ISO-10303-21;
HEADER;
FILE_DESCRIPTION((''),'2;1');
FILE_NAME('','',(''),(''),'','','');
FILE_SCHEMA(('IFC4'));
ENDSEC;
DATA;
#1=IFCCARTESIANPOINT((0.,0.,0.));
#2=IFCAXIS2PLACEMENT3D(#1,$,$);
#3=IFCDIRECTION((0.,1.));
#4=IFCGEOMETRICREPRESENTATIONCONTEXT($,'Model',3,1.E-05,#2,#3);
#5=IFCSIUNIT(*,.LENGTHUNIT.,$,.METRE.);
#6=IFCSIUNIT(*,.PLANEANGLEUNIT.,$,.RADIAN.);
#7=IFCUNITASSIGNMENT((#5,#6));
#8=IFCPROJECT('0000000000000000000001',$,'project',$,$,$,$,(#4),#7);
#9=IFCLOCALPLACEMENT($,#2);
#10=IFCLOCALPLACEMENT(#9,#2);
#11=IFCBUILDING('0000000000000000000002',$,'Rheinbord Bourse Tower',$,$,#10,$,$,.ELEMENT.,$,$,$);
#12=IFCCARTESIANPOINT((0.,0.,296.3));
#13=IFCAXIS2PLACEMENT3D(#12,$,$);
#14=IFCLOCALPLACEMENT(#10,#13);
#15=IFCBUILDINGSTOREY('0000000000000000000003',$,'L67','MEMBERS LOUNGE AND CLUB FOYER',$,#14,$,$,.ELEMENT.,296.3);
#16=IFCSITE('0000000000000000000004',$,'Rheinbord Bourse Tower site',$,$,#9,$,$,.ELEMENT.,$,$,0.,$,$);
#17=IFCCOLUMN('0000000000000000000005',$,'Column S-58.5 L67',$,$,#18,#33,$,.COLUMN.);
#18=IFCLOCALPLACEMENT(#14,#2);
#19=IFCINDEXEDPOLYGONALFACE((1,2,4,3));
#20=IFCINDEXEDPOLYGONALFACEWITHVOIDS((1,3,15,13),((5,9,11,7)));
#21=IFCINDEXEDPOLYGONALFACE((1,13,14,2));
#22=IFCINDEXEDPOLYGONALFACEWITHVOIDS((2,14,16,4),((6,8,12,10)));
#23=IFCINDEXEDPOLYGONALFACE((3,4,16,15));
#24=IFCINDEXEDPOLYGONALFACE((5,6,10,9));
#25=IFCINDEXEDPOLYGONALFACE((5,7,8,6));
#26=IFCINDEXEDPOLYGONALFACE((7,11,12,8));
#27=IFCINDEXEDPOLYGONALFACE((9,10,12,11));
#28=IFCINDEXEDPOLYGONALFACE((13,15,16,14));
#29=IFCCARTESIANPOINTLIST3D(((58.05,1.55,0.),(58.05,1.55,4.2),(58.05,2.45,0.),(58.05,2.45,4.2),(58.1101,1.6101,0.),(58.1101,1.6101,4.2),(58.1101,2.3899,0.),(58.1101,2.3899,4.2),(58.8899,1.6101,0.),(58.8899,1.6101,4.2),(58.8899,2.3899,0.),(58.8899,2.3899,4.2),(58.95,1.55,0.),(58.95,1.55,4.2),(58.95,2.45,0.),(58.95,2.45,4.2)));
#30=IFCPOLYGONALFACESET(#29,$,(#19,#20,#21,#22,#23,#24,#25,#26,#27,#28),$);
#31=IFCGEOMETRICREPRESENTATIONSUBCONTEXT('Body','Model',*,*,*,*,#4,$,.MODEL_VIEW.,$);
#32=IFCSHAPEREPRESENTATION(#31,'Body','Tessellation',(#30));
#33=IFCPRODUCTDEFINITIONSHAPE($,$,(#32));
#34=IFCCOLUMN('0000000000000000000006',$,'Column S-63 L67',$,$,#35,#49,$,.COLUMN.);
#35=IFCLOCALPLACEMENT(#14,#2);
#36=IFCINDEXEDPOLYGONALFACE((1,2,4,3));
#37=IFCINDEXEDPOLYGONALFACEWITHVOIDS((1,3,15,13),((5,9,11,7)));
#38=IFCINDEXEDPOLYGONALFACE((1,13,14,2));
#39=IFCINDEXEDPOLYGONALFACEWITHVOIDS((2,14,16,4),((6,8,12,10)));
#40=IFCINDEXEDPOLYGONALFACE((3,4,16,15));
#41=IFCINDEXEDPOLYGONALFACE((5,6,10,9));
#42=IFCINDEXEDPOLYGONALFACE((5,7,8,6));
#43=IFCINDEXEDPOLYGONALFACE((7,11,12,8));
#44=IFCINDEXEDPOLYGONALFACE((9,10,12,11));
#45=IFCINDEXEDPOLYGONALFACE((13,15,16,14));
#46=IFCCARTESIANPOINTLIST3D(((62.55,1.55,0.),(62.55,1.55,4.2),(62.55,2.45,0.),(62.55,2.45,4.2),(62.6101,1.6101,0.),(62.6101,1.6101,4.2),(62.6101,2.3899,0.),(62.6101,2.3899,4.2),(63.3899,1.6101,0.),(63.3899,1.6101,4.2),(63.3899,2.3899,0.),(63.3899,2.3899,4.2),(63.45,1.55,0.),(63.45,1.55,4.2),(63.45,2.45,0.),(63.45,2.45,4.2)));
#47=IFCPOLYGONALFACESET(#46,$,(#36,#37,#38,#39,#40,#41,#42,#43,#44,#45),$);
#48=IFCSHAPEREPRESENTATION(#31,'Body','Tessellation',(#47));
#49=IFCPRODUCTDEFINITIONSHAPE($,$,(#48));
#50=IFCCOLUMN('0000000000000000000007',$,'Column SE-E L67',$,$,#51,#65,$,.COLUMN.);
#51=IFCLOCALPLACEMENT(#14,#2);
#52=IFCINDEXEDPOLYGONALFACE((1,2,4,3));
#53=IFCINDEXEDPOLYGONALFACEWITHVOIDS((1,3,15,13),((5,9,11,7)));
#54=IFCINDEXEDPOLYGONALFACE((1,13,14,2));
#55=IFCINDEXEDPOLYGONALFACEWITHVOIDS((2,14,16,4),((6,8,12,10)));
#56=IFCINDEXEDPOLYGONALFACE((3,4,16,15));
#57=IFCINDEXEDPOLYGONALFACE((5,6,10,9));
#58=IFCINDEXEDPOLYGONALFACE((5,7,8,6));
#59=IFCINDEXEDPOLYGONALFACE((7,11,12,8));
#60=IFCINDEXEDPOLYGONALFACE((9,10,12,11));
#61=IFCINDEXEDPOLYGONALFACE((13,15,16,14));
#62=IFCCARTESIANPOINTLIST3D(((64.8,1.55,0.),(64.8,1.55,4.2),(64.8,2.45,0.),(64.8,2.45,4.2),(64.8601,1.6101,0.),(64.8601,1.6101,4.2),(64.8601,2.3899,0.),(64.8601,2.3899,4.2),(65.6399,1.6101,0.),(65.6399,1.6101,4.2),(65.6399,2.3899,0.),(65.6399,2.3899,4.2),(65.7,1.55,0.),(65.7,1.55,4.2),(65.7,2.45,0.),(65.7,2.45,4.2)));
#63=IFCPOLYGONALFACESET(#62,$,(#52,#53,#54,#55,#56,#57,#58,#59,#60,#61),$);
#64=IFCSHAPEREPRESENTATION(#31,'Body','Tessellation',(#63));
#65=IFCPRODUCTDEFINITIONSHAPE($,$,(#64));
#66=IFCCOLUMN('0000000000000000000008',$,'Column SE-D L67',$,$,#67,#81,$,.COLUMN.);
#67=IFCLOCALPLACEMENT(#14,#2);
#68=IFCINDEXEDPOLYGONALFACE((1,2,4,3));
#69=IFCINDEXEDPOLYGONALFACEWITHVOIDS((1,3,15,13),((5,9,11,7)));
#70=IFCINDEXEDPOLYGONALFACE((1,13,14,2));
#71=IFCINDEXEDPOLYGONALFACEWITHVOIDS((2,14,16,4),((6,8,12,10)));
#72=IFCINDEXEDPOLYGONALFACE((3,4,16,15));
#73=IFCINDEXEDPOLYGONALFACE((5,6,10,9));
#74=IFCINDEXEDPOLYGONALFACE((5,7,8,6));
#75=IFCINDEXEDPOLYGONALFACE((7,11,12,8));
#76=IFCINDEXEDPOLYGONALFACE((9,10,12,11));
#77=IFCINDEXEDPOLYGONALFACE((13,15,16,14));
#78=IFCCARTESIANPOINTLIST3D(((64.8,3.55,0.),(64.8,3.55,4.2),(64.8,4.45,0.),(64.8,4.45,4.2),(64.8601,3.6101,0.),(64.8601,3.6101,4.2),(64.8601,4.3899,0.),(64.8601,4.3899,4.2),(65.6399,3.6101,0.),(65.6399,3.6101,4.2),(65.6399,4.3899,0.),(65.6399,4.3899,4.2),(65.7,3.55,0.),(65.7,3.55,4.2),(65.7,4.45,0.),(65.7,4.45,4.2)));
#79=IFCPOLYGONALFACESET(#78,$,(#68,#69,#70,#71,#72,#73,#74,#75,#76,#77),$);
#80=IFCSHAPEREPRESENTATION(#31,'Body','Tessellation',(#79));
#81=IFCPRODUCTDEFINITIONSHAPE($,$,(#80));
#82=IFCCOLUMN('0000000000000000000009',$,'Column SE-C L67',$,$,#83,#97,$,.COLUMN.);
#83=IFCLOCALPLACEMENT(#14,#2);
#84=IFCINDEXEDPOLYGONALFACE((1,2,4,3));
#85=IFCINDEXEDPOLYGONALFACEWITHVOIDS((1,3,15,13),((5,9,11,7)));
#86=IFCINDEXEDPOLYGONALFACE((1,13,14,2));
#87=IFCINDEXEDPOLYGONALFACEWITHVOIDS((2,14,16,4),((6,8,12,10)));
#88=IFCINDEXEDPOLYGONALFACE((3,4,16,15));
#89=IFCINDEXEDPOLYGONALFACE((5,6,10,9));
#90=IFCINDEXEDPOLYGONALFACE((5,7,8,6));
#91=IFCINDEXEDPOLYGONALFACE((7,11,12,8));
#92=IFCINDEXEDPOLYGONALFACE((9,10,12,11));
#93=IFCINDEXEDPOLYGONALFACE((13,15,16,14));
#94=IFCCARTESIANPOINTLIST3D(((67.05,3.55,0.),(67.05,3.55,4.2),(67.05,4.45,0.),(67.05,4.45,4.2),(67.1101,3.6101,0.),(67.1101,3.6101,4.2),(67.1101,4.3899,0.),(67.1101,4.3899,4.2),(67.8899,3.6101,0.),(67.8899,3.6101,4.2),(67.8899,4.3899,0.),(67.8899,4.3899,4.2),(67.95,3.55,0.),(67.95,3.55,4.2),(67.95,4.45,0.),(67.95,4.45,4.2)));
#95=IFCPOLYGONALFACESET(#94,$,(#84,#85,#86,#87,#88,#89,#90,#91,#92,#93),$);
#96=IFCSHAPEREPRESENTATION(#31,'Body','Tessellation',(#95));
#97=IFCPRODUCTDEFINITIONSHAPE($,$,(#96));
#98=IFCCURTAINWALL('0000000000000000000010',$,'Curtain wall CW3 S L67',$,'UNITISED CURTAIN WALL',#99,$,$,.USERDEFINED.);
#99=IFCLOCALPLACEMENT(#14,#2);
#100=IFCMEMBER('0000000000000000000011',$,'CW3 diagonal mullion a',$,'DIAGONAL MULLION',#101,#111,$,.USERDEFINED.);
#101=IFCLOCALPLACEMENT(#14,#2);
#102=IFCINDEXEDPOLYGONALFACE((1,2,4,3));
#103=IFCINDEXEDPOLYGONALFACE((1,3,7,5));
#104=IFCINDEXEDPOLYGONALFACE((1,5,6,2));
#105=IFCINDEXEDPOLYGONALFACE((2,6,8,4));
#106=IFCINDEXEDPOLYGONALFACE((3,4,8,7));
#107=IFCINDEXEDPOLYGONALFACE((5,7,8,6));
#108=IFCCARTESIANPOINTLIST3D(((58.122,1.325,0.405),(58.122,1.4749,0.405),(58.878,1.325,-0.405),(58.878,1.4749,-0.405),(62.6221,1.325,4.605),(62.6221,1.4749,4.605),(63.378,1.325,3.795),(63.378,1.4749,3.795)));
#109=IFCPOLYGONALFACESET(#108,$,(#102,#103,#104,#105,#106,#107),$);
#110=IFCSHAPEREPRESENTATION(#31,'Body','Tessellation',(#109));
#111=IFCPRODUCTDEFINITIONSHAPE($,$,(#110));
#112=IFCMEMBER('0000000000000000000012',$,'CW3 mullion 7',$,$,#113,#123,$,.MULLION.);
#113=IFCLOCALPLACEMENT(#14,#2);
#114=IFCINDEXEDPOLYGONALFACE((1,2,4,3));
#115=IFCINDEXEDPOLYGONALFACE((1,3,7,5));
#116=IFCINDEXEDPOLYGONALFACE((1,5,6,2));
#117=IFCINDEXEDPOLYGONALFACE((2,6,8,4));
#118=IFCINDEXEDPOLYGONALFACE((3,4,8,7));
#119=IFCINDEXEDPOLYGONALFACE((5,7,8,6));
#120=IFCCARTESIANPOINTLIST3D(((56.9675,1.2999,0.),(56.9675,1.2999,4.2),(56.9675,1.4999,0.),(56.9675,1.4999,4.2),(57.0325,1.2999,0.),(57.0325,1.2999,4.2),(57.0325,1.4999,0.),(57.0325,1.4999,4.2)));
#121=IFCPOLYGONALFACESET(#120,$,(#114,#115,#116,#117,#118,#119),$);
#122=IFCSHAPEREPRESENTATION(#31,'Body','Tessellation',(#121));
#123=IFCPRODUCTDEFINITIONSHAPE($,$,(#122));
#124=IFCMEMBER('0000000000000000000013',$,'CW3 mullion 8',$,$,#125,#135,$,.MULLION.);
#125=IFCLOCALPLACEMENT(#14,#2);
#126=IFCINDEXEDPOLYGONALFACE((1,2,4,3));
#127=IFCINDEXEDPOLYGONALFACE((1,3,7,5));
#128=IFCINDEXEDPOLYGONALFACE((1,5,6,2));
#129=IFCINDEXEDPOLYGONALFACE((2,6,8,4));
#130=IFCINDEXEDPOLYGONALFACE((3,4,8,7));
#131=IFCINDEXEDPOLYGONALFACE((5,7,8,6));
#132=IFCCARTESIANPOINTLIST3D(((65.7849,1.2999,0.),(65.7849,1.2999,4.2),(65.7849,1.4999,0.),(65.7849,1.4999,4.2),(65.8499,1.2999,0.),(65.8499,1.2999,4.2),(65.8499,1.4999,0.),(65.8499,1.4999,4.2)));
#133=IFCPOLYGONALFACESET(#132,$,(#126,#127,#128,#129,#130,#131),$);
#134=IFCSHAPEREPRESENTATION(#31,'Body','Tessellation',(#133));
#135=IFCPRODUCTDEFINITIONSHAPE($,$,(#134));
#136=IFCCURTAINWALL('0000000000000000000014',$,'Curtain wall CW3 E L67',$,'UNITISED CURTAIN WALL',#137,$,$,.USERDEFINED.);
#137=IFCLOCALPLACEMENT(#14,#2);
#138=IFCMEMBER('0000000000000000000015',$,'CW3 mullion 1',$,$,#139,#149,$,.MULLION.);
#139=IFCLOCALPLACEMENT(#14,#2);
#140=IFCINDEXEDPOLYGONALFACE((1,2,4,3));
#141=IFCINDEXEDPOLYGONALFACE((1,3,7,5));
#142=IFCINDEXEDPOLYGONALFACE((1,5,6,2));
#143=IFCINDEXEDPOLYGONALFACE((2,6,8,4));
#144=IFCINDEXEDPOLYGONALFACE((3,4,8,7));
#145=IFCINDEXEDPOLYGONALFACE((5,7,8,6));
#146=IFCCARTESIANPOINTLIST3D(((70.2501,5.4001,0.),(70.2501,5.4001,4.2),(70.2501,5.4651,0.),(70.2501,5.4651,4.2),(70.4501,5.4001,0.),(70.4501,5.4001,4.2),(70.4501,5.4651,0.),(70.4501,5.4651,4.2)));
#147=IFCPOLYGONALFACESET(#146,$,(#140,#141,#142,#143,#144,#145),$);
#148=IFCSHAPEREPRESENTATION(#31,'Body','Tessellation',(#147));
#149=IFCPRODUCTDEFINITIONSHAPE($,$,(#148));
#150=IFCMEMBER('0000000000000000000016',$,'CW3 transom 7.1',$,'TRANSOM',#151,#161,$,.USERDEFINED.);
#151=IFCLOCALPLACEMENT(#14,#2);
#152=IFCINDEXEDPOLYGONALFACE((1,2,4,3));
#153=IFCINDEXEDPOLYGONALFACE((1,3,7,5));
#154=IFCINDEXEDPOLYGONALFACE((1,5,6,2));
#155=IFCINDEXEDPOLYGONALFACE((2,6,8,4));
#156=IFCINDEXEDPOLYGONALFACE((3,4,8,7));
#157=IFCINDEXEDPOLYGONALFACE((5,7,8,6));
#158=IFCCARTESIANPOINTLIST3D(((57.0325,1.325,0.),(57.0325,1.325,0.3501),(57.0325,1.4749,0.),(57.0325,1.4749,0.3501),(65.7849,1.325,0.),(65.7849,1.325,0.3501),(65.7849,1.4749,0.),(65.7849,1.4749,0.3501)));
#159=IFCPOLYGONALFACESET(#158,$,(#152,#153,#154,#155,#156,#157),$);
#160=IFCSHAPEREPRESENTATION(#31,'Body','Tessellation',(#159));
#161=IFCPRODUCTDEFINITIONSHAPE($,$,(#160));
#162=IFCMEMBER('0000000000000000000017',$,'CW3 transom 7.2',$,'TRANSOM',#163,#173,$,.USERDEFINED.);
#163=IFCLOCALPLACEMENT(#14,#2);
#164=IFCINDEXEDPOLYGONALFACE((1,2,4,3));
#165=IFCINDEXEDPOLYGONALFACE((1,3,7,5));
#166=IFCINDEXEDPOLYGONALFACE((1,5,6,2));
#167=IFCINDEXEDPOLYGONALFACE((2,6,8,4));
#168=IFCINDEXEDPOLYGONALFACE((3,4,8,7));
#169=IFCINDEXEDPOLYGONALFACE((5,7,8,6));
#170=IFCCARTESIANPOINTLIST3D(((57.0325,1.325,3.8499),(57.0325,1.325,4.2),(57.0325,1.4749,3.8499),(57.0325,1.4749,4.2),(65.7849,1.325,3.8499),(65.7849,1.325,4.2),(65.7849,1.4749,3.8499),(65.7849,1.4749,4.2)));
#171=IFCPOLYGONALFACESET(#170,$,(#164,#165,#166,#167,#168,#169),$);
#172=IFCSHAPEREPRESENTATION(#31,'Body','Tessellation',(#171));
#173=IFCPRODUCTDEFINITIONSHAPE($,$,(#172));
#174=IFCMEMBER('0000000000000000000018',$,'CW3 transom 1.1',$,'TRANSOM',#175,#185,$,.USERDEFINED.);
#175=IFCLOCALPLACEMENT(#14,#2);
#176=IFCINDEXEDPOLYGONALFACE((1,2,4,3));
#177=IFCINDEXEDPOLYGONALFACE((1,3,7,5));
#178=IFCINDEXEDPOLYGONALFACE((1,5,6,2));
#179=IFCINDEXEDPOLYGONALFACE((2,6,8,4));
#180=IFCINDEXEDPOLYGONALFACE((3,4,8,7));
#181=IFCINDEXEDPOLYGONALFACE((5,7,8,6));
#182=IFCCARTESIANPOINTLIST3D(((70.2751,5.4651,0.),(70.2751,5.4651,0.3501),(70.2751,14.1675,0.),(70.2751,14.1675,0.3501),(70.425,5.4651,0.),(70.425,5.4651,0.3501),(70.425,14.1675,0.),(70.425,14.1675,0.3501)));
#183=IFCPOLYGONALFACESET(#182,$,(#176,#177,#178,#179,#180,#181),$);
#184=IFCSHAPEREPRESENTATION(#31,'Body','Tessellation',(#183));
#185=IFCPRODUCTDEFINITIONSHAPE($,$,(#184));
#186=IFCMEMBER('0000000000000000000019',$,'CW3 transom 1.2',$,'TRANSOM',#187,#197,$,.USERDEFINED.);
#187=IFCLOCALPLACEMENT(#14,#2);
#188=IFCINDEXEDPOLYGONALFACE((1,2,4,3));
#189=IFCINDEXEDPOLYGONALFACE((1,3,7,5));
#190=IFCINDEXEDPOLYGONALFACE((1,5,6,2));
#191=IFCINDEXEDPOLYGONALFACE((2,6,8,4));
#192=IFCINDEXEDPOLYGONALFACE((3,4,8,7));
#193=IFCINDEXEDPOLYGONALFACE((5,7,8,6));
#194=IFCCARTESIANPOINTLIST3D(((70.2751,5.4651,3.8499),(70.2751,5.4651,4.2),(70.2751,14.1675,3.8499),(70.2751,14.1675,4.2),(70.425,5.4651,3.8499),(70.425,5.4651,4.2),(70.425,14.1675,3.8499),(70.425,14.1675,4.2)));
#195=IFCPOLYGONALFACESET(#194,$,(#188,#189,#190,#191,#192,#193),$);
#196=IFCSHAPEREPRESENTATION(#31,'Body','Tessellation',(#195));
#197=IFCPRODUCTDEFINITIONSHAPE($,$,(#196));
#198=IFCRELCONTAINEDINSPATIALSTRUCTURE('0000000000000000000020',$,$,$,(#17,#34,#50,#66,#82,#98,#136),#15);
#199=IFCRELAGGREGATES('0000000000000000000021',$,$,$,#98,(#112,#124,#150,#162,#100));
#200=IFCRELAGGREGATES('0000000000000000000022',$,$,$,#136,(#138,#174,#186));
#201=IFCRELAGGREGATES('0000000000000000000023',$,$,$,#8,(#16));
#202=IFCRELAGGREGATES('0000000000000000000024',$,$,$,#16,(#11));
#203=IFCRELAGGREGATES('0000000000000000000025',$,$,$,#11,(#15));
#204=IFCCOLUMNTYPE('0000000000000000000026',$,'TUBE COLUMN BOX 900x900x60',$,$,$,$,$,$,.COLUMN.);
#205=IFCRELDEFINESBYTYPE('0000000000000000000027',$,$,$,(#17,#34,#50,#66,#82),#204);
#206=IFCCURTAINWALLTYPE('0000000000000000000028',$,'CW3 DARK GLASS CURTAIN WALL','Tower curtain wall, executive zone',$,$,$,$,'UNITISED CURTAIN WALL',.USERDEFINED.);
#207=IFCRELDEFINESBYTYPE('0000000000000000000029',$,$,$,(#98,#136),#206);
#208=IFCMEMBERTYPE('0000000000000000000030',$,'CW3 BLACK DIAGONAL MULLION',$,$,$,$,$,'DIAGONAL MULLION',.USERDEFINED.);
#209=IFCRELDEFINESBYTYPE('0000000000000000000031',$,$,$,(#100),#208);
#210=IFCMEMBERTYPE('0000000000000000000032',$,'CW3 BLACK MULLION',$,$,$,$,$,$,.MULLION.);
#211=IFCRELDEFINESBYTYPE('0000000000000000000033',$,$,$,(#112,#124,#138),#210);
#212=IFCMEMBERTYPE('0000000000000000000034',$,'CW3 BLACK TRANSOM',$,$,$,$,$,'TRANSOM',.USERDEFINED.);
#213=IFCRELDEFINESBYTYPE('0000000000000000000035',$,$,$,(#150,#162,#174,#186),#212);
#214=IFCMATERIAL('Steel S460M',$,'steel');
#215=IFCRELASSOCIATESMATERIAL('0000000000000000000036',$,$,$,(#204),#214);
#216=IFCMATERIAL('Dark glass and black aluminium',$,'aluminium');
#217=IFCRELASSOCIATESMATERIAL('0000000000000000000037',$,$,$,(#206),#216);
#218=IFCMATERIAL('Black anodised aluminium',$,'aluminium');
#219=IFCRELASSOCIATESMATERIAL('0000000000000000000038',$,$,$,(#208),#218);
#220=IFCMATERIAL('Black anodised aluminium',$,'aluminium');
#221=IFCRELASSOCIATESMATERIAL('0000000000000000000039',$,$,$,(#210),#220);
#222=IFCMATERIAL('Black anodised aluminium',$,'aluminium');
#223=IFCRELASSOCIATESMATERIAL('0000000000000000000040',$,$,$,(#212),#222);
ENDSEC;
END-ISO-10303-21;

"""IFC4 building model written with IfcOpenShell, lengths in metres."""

from ifc_helpers import new_model, si_unit, direction, frame, origin, origin_2d, place, context, subcontext, project, spatial, rectangle, hollow_rectangle, extrude, material, material_profile, profile_set, type_object, element, aggregate, save


model = new_model("IFC4")

# Units and contexts
model_context = context("Model", 3, precision=1e-05, world=origin(), true_north=direction((0.0, 1.0)))
body_context = subcontext(model_context, "Body", "Model", "MODEL_VIEW")
ifc_project = project(units=[si_unit("LENGTHUNIT", "METRE"), si_unit("PLANEANGLEUNIT", "RADIAN")], contexts=[model_context])

# Site, building, storey
site_placement = place(None, origin())
site = spatial("IfcSite", under=ifc_project, at=site_placement, Name="Rheinbord Bourse Tower site", CompositionType="ELEMENT", RefElevation=0.0)
building_placement = place(site_placement, origin())
building = spatial("IfcBuilding", under=site, at=building_placement, Name="Rheinbord Bourse Tower", CompositionType="ELEMENT")
storey_placement = place(building_placement, frame((0.0, 0.0, 296.3)))
storey = spatial("IfcBuildingStorey", under=building, at=storey_placement, Name="L67", Description="MEMBERS LOUNGE AND CLUB FOYER", CompositionType="ELEMENT", Elevation=296.3)

# Columns
ifc_material_1 = material(Name="Steel S460M", Category="steel")
ifc_material_profile_1 = material_profile(ifc_material_1, hollow_rectangle(XDim=0.8999, YDim=0.8999, WallThickness=0.0601, at=origin_2d()), Name="BOX 900x900x60")
ifc_profile_set_1 = profile_set([ifc_material_profile_1], Name="Steel S460M")
column_type = type_object("IfcColumnType", Name="TUBE COLUMN BOX 900x900x60", PredefinedType="COLUMN", material=ifc_profile_set_1)
for number, where, z_axis, x_axis, name in (
    (1, (58.5, 2.0, 0.0), (0.0, 0.0, 1.0), (0.0, 1.0, 0.0), "Column S-58.5 L67"),
    (2, (63.0, 2.0, 0.0), (0.0, 0.0, 1.0), (0.0, 1.0, 0.0), "Column S-63 L67"),
    (3, (65.25, 2.0, 0.0), (0.0, 0.0, 1.0), (0.0, 1.0, 0.0), "Column SE-E L67"),
    (4, (65.25, 4.0, 0.0), (0.0, 0.0, 1.0), (0.0, 1.0, 0.0), "Column SE-D L67"),
    (5, (67.5, 4.0, 0.0), (0.0, 0.0, 1.0), (1.0, 0.0, 0.0), "Column SE-C L67"),
):
    element("IfcColumn", number, at=place(storey_placement, frame(where, z_axis=z_axis, x_axis=x_axis)), inside=storey, type_object=column_type, Name=name, PredefinedType="COLUMN", context=body_context, shape_type="SweptSolid", body=[
        extrude(hollow_rectangle(XDim=0.8999, YDim=0.8999, WallThickness=0.0601, at=origin_2d()), origin(), (0.0, 0.0, 1.0), 4.2),
    ])

# Curtain wall, members
ifc_material_2 = material(Name="Dark glass and black aluminium", Category="aluminium")
curtain_wall_type = type_object("IfcCurtainWallType", Name="CW3 DARK GLASS CURTAIN WALL", Description="Tower curtain wall, executive zone", ElementType="UNITISED CURTAIN WALL", PredefinedType="USERDEFINED", material=ifc_material_2)
curtain_wall_1_placement = place(storey_placement, origin())
curtain_wall_1 = element("IfcCurtainWall", 6, at=curtain_wall_1_placement, inside=storey, type_object=curtain_wall_type, Name="Curtain wall CW3 S L67", ObjectType="UNITISED CURTAIN WALL", PredefinedType="USERDEFINED")
ifc_material_3 = material(Name="Black anodised aluminium", Category="aluminium")
ifc_material_profile_2 = material_profile(ifc_material_3, rectangle(XDim=0.1499, YDim=1.1079, at=origin_2d()), Name="CW3 DIAGONAL MULLION 1108x150")
ifc_profile_set_2 = profile_set([ifc_material_profile_2], Name="Black anodised aluminium")
member_type_1 = type_object("IfcMemberType", Name="CW3 BLACK DIAGONAL MULLION", ElementType="DIAGONAL MULLION", PredefinedType="USERDEFINED", material=ifc_profile_set_2)
member_1_placement = place(storey_placement, frame((58.5, 1.3999, 0.0), z_axis=(0.731059, 0.0, 0.682314), x_axis=(0.0, 1.0, 0.0)))
member_1 = element("IfcMember", 7, at=member_1_placement, type_object=member_type_1, Name="CW3 diagonal mullion a", ObjectType="DIAGONAL MULLION", PredefinedType="USERDEFINED", context=body_context, shape_type="SweptSolid", body=[
    extrude(rectangle(XDim=0.1499, YDim=1.1079, at=origin_2d()), origin(), (0.0, 0.0, 1.0), 6.1555),
])
ifc_material_4 = material(Name="Black anodised aluminium", Category="aluminium")
ifc_material_profile_3 = material_profile(ifc_material_4, rectangle(XDim=0.2, YDim=0.0649, at=origin_2d()), Name="CW3 MULLION 65x200")
ifc_profile_set_3 = profile_set([ifc_material_profile_3], Name="Black anodised aluminium")
member_type_2 = type_object("IfcMemberType", Name="CW3 BLACK MULLION", PredefinedType="MULLION", material=ifc_profile_set_3)
member_2_placement = place(storey_placement, frame((57.0, 1.3999, 0.0), z_axis=(0.0, 0.0, 1.0), x_axis=(0.0, 1.0, 0.0)))
member_2 = element("IfcMember", 8, at=member_2_placement, type_object=member_type_2, Name="CW3 mullion 7", PredefinedType="MULLION", context=body_context, shape_type="SweptSolid", body=[
    extrude(rectangle(XDim=0.2, YDim=0.0649, at=origin_2d()), origin(), (0.0, 0.0, 1.0), 4.2),
])
member_3_placement = place(storey_placement, frame((65.8174, 1.3999, 0.0), z_axis=(0.0, 0.0, 1.0), x_axis=(0.0, 1.0, 0.0)))
member_3 = element("IfcMember", 9, at=member_3_placement, type_object=member_type_2, Name="CW3 mullion 8", PredefinedType="MULLION", context=body_context, shape_type="SweptSolid", body=[
    extrude(rectangle(XDim=0.2, YDim=0.0649, at=origin_2d()), origin(), (0.0, 0.0, 1.0), 4.2),
])

# Curtain wall, member
curtain_wall_2_placement = place(storey_placement, origin())
curtain_wall_2 = element("IfcCurtainWall", 10, at=curtain_wall_2_placement, inside=storey, type_object=curtain_wall_type, Name="Curtain wall CW3 E L67", ObjectType="UNITISED CURTAIN WALL", PredefinedType="USERDEFINED")
member_4_placement = place(storey_placement, frame((70.3501, 5.4326, 0.0), z_axis=(0.0, 0.0, 1.0), x_axis=(-1.0, 0.0, 0.0)))
member_4 = element("IfcMember", 11, at=member_4_placement, type_object=member_type_2, Name="CW3 mullion 1", PredefinedType="MULLION", context=body_context, shape_type="SweptSolid", body=[
    extrude(rectangle(XDim=0.2, YDim=0.0649, at=origin_2d()), origin(), (0.0, 0.0, 1.0), 4.2),
])

# Members
ifc_material_5 = material(Name="Black anodised aluminium", Category="aluminium")
ifc_material_profile_4 = material_profile(ifc_material_5, rectangle(XDim=0.1499, YDim=0.3501, at=origin_2d()), Name="CW3 TRANSOM 350x150")
ifc_profile_set_4 = profile_set([ifc_material_profile_4], Name="Black anodised aluminium")
member_type_3 = type_object("IfcMemberType", Name="CW3 BLACK TRANSOM", ElementType="TRANSOM", PredefinedType="USERDEFINED", material=ifc_profile_set_4)
member_5_placement = place(storey_placement, frame((57.0325, 1.3999, 0.175), z_axis=(1.0, 0.0, 0.0), x_axis=(0.0, 1.0, 0.0)))
member_5 = element("IfcMember", 12, at=member_5_placement, type_object=member_type_3, Name="CW3 transom 7.1", ObjectType="TRANSOM", PredefinedType="USERDEFINED", context=body_context, shape_type="SweptSolid", body=[
    extrude(rectangle(XDim=0.1499, YDim=0.3501, at=origin_2d()), origin(), (0.0, 0.0, 1.0), 8.7524),
])
member_6_placement = place(storey_placement, frame((57.0325, 1.3999, 4.0249), z_axis=(1.0, 0.0, 0.0), x_axis=(0.0, 1.0, 0.0)))
member_6 = element("IfcMember", 13, at=member_6_placement, type_object=member_type_3, Name="CW3 transom 7.2", ObjectType="TRANSOM", PredefinedType="USERDEFINED", context=body_context, shape_type="SweptSolid", body=[
    extrude(rectangle(XDim=0.1499, YDim=0.3501, at=origin_2d()), origin(), (0.0, 0.0, 1.0), 8.7524),
])
member_7_placement = place(storey_placement, frame((70.3501, 5.4651, 0.175), z_axis=(0.0, 1.0, 0.0), x_axis=(-1.0, 0.0, 0.0)))
member_7 = element("IfcMember", 14, at=member_7_placement, type_object=member_type_3, Name="CW3 transom 1.1", ObjectType="TRANSOM", PredefinedType="USERDEFINED", context=body_context, shape_type="SweptSolid", body=[
    extrude(rectangle(XDim=0.1499, YDim=0.3501, at=origin_2d()), origin(), (0.0, 0.0, 1.0), 8.7024),
])
member_8_placement = place(storey_placement, frame((70.3501, 5.4651, 4.0249), z_axis=(0.0, 1.0, 0.0), x_axis=(-1.0, 0.0, 0.0)))
member_8 = element("IfcMember", 15, at=member_8_placement, type_object=member_type_3, Name="CW3 transom 1.2", ObjectType="TRANSOM", PredefinedType="USERDEFINED", context=body_context, shape_type="SweptSolid", body=[
    extrude(rectangle(XDim=0.1499, YDim=0.3501, at=origin_2d()), origin(), (0.0, 0.0, 1.0), 8.7024),
])

aggregate(curtain_wall_1, [member_2, member_3, member_5, member_6, member_1])
aggregate(curtain_wall_2, [member_4, member_7, member_8])

save(model, "model.ifc")
